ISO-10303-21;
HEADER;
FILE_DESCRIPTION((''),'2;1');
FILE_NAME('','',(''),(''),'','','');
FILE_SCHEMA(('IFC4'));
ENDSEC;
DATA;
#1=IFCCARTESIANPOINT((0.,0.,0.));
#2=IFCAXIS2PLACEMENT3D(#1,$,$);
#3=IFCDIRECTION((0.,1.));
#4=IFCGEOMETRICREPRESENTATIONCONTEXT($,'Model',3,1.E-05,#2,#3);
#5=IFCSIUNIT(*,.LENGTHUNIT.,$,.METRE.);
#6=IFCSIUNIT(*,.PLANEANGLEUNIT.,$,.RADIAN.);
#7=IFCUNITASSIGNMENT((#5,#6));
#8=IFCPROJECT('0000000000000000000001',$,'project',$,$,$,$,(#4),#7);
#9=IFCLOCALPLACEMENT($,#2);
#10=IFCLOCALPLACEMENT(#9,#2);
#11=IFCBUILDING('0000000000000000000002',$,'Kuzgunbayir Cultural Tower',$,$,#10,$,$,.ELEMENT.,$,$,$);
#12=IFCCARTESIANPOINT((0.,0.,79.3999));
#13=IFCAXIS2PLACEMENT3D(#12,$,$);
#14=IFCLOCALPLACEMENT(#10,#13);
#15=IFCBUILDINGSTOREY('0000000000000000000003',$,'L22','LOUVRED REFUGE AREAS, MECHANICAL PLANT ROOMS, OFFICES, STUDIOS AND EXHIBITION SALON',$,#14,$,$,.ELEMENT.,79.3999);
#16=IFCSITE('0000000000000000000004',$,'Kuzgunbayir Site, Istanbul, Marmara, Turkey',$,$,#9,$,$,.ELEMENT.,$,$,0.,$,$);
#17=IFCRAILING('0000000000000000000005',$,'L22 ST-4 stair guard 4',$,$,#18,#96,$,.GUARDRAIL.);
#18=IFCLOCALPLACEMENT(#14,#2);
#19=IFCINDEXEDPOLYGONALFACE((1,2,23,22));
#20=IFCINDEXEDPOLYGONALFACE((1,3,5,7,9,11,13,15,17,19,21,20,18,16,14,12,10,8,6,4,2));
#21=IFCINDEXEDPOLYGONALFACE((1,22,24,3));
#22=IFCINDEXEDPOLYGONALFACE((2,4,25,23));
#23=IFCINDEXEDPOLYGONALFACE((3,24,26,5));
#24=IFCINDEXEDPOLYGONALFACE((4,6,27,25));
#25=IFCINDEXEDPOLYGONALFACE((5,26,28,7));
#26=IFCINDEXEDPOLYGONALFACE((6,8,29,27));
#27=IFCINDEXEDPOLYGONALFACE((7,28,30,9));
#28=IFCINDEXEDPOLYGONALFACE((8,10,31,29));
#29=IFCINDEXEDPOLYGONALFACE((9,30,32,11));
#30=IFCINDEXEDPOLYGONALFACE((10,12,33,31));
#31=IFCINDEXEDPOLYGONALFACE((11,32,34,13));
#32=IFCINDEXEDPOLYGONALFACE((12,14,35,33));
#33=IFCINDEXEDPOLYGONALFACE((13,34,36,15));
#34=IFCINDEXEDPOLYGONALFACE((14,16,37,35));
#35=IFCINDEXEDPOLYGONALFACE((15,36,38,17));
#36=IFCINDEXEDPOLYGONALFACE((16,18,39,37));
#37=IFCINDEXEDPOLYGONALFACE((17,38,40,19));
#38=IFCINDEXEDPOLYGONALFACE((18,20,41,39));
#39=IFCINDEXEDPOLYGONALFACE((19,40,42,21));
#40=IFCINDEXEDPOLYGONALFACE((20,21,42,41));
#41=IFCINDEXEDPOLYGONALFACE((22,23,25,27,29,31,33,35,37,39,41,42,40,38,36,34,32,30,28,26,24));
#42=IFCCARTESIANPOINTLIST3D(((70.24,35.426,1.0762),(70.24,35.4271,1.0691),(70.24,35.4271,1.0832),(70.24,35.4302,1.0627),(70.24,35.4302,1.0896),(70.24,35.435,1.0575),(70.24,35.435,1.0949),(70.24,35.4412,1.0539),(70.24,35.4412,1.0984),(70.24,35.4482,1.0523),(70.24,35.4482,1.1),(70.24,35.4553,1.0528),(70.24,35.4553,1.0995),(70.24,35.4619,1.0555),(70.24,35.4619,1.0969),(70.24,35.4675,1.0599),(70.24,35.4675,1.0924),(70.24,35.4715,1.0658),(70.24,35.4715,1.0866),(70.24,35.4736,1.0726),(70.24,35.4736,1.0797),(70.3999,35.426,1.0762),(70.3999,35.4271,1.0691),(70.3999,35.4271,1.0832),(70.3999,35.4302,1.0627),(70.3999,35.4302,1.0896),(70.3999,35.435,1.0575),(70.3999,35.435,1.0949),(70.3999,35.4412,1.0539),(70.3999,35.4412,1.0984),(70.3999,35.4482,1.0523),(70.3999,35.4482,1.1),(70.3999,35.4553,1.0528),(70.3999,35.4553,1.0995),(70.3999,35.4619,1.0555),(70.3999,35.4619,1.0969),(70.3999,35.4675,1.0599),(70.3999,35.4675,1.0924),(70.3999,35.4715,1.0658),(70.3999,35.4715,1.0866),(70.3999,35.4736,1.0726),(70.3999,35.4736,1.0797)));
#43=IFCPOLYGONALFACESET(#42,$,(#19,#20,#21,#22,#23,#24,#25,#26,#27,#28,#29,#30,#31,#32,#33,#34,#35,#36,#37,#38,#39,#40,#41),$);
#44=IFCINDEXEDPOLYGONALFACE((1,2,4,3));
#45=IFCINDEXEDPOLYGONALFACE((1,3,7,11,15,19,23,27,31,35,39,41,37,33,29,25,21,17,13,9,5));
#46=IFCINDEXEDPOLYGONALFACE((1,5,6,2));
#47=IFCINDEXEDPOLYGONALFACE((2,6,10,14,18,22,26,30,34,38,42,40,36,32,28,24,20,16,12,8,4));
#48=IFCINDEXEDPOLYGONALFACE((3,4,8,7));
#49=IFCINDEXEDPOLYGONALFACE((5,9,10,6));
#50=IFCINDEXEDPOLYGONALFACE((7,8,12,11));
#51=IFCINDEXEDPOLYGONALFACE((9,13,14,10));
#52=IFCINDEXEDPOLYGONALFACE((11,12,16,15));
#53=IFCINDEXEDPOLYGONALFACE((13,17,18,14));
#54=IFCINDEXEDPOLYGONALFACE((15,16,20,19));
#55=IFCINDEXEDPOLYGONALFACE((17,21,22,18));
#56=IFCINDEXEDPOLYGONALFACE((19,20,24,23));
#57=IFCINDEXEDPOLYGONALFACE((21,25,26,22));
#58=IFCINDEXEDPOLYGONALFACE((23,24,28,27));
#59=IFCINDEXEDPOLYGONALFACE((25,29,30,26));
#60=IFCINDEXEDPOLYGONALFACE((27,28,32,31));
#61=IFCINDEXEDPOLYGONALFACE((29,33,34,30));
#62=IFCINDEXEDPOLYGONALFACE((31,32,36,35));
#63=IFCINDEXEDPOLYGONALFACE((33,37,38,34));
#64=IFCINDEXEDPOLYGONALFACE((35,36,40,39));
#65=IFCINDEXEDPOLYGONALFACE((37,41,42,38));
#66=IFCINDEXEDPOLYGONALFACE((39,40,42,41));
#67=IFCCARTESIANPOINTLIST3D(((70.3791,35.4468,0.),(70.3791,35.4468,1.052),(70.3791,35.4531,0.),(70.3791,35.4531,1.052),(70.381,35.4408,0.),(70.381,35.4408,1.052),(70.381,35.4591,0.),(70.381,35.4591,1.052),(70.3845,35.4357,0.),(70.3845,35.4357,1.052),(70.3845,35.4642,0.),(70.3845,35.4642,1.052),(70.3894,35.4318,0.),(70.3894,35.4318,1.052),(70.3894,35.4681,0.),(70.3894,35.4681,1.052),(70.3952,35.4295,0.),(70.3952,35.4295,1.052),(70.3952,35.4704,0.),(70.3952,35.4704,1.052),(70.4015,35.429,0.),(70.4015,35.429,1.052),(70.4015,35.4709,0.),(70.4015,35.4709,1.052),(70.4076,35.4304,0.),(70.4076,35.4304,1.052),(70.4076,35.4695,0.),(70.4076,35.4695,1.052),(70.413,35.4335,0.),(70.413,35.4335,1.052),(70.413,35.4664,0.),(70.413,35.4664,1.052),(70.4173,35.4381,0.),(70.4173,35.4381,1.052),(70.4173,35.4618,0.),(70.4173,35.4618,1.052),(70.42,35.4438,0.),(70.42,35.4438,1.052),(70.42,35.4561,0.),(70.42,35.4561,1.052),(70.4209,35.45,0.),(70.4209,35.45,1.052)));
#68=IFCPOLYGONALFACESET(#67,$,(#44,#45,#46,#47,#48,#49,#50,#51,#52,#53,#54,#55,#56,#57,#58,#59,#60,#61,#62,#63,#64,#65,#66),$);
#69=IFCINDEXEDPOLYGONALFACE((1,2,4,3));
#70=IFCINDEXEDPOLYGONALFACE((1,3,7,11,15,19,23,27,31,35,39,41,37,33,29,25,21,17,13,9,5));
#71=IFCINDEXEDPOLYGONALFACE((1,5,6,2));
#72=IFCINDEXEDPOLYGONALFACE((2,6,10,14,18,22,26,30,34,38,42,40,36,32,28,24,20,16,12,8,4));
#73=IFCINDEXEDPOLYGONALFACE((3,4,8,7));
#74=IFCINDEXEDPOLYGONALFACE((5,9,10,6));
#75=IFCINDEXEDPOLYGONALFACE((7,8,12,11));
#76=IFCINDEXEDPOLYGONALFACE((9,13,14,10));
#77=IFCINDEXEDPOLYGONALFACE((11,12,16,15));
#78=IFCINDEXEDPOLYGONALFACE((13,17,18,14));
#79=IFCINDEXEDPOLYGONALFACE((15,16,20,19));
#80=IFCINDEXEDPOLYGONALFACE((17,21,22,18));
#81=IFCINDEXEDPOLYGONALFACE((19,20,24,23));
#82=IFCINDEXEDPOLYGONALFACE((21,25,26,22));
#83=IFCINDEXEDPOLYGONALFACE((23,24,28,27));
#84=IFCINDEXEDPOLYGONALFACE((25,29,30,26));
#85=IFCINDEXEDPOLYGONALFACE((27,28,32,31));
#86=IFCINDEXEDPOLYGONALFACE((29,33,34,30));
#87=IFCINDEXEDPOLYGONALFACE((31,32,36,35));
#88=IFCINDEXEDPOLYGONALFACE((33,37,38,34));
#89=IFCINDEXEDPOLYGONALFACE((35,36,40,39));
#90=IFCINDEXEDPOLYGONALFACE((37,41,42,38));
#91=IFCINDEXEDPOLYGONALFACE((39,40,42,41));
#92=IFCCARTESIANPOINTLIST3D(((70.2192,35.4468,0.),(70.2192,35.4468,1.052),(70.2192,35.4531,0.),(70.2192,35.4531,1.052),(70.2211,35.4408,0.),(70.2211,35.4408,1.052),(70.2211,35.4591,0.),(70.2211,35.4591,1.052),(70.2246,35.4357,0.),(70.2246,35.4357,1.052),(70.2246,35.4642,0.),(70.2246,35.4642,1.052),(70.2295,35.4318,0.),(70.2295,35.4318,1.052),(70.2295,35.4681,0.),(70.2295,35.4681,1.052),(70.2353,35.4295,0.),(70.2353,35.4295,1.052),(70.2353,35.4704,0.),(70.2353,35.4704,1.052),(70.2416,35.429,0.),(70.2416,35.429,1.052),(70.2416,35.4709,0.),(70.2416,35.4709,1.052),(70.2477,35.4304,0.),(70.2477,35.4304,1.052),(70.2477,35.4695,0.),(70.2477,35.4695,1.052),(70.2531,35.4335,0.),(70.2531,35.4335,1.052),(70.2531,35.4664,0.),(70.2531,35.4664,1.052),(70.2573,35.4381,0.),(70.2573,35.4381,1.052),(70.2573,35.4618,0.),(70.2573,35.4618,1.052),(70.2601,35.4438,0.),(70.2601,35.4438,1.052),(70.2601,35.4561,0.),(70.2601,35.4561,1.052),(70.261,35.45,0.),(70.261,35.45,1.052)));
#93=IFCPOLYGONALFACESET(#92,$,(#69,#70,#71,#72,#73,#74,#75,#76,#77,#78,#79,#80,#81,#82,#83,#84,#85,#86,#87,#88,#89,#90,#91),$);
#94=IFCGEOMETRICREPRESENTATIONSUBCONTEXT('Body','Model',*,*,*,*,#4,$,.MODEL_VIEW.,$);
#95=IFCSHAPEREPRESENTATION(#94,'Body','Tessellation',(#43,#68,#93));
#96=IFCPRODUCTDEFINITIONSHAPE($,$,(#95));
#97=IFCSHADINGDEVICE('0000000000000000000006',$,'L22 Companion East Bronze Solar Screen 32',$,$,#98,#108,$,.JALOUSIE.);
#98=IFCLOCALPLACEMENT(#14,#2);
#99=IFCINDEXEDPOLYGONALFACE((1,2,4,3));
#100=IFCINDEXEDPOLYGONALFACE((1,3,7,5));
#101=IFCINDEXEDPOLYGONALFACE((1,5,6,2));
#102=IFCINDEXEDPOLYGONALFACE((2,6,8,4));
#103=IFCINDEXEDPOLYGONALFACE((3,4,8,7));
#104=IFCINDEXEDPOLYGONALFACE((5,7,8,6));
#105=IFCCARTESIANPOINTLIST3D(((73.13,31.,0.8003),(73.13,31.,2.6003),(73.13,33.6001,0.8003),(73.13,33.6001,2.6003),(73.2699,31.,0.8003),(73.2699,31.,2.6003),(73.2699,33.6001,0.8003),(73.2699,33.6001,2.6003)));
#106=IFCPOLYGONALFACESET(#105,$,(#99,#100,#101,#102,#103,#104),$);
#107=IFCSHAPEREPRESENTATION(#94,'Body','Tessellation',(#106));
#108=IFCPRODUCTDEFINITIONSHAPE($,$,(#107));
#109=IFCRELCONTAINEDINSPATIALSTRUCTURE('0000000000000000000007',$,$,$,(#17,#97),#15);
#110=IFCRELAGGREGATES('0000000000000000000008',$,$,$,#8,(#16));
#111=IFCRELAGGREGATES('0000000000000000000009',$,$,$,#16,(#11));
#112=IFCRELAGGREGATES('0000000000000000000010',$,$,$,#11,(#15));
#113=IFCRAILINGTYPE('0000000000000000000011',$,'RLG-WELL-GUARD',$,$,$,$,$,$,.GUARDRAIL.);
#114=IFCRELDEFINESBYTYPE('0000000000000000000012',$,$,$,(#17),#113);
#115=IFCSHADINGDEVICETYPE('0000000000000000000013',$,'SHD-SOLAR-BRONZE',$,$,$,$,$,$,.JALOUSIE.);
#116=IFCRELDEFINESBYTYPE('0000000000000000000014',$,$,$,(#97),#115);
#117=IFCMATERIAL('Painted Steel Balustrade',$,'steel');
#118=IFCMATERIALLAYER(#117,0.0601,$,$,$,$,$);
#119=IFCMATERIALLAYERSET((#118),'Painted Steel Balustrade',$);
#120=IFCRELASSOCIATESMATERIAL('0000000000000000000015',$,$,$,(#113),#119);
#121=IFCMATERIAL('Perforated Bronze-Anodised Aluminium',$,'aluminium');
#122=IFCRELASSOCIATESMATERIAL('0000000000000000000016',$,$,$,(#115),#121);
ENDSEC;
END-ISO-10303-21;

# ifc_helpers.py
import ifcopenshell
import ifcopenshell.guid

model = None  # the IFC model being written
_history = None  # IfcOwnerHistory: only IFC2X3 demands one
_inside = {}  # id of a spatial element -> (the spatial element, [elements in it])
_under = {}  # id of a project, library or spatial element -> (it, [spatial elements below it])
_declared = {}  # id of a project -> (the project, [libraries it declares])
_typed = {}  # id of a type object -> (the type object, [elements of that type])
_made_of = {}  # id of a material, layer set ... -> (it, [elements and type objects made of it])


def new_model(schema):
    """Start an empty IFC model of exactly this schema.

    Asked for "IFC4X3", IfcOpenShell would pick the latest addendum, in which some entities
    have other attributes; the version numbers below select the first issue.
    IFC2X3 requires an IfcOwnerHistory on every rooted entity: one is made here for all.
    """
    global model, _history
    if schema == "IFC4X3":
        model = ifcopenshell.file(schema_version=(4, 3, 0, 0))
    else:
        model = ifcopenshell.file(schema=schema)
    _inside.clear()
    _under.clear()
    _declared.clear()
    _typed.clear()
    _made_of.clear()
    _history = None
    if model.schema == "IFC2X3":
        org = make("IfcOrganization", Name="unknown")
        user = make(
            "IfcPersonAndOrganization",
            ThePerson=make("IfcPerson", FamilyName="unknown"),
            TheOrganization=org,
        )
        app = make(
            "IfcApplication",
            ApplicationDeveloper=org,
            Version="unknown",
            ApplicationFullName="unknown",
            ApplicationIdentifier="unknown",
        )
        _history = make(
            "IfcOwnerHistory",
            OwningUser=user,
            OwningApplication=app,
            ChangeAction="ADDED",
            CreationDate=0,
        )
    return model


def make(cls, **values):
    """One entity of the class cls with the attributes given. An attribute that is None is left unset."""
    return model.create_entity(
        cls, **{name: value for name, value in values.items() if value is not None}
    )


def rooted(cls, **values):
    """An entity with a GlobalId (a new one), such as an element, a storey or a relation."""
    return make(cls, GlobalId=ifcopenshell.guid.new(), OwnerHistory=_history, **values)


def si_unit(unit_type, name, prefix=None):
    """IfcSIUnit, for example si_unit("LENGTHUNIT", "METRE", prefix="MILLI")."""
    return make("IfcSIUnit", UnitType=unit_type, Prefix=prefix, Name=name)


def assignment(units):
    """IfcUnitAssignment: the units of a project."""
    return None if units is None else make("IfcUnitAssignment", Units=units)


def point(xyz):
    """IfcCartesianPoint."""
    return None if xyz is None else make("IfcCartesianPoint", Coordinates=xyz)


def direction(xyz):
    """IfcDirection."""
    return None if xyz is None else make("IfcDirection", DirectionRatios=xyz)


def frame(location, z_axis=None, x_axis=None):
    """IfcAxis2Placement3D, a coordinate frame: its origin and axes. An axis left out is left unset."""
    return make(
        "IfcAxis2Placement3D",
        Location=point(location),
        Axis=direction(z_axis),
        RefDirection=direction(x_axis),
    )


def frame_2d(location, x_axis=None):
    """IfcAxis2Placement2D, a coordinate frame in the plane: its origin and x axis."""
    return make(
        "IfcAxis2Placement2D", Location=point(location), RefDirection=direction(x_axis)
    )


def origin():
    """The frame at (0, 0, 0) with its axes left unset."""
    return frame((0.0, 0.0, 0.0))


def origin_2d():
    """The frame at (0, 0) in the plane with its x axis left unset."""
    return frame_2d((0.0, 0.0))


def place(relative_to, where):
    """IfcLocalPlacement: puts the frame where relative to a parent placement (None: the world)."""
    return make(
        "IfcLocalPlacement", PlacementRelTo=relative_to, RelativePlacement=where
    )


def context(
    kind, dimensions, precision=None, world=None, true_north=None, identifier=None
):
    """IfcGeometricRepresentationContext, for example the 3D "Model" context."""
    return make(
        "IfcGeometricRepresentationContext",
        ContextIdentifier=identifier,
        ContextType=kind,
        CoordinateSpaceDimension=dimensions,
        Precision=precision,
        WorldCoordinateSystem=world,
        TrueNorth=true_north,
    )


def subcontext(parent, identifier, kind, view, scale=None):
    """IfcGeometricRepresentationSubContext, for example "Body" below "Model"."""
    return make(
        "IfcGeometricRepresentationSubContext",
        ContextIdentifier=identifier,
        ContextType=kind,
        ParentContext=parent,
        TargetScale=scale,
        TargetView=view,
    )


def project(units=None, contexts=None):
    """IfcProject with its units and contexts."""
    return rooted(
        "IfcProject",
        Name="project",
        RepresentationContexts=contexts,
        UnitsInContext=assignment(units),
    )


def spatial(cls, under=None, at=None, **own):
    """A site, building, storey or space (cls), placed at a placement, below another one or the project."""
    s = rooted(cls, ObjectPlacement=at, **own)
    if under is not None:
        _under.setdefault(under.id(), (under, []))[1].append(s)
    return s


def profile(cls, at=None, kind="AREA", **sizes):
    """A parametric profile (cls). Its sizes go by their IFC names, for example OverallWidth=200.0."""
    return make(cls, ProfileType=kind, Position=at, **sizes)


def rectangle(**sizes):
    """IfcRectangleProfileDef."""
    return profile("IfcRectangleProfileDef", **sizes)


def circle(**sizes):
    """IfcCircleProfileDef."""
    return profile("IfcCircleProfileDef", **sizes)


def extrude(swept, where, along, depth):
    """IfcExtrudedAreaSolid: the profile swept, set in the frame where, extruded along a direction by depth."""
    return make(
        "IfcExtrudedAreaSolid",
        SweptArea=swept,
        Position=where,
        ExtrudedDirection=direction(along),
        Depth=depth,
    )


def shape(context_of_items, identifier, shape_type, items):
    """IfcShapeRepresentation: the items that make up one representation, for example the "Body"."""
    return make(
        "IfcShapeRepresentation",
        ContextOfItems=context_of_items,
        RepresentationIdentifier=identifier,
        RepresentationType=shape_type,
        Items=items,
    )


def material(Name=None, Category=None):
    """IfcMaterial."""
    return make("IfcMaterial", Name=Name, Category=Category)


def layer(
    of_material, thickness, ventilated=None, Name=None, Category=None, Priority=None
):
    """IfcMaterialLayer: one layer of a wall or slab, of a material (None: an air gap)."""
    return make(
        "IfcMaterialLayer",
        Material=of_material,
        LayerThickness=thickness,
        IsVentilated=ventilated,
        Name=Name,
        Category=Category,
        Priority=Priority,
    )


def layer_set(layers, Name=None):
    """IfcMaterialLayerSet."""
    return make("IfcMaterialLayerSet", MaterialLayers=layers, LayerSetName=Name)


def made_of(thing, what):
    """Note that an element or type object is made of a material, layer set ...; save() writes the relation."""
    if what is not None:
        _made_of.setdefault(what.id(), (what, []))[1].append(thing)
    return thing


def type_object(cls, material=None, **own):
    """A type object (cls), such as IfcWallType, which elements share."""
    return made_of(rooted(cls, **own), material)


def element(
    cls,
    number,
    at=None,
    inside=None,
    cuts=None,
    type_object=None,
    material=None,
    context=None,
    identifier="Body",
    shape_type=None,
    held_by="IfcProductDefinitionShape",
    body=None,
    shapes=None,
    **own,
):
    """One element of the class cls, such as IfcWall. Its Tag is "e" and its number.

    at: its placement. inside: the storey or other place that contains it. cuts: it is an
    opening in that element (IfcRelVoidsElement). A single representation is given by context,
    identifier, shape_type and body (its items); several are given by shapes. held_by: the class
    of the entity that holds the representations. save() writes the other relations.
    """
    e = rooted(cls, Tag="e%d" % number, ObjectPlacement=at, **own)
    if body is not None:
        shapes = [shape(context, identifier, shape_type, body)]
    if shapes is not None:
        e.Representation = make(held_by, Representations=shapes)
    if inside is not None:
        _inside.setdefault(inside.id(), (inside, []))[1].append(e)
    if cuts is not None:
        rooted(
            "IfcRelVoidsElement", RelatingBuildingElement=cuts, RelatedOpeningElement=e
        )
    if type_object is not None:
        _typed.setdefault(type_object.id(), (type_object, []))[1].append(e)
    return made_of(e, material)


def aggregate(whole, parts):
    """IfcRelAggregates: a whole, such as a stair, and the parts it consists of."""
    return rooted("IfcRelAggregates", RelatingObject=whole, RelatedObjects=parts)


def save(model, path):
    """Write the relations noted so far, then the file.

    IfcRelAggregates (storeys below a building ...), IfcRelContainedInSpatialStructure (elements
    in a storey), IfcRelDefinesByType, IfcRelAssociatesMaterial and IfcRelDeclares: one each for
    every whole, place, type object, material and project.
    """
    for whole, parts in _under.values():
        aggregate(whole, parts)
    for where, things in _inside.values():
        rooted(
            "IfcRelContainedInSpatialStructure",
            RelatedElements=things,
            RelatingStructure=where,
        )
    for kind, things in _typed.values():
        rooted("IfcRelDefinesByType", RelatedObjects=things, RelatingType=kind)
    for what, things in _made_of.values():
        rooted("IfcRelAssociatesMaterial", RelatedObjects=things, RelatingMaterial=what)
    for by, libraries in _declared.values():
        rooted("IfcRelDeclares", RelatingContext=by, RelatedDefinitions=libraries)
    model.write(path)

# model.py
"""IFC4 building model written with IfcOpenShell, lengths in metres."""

from ifc_helpers import new_model, si_unit, direction, frame, origin, origin_2d, place, context, subcontext, project, spatial, rectangle, circle, extrude, material, layer, layer_set, type_object, element, save


model = new_model("IFC4")

# Units and contexts
model_context = context("Model", 3, precision=1e-05, world=origin(), true_north=direction((0.0, 1.0)))
body_context = subcontext(model_context, "Body", "Model", "MODEL_VIEW")
ifc_project = project(units=[si_unit("LENGTHUNIT", "METRE"), si_unit("PLANEANGLEUNIT", "RADIAN")], contexts=[model_context])

# Site, building, storey
site_placement = place(None, origin())
site = spatial("IfcSite", under=ifc_project, at=site_placement, Name="Kuzgunbayir Site, Istanbul, Marmara, Turkey", CompositionType="ELEMENT", RefElevation=0.0)
building_placement = place(site_placement, origin())
building = spatial("IfcBuilding", under=site, at=building_placement, Name="Kuzgunbayir Cultural Tower", CompositionType="ELEMENT")
storey_placement = place(building_placement, frame((0.0, 0.0, 79.3999)))
storey = spatial("IfcBuildingStorey", under=building, at=storey_placement, Name="L22", Description="LOUVRED REFUGE AREAS, MECHANICAL PLANT ROOMS, OFFICES, STUDIOS AND EXHIBITION SALON", CompositionType="ELEMENT", Elevation=79.3999)

# Shared definitions
ifc_material_1 = material(Name="Perforated Bronze-Anodised Aluminium", Category="aluminium")

# Railing
ifc_material_2 = material(Name="Painted Steel Balustrade", Category="steel")
ifc_layer_1 = layer(ifc_material_2, 0.0601)
ifc_layer_set_1 = layer_set([ifc_layer_1], Name="Painted Steel Balustrade")
railing_type = type_object("IfcRailingType", Name="RLG-WELL-GUARD", PredefinedType="GUARDRAIL", material=ifc_layer_set_1)
railing_placement = place(storey_placement, frame((70.3999, 35.45, 0.0)))
element("IfcRailing", 1, at=railing_placement, inside=storey, type_object=railing_type, Name="L22 ST-4 stair guard 4", PredefinedType="GUARDRAIL", context=body_context, shape_type="SweptSolid", body=[
    extrude(circle(Radius=0.0239, at=origin_2d()), frame((0.0, 0.0, 1.0762), z_axis=(-1.0, 0.0, 0.0), x_axis=(0.0, -1.0, 0.0)), (0.0, 0.0, 1.0), 0.1599),
    extrude(circle(Radius=0.021, at=origin_2d()), origin(), (0.0, 0.0, 1.0), 1.052),
    extrude(circle(Radius=0.021, at=origin_2d()), frame((-0.1599, 0.0, 0.0)), (0.0, 0.0, 1.0), 1.052),
])

# Shading device
shading_device_type = type_object("IfcShadingDeviceType", Name="SHD-SOLAR-BRONZE", PredefinedType="JALOUSIE", material=ifc_material_1)
shading_device_placement = place(storey_placement, frame((73.2, 32.3, 0.8003), z_axis=(0.0, 0.0, 1.0), x_axis=(1.0, 0.0, 0.0)))
element("IfcShadingDevice", 2, at=shading_device_placement, inside=storey, type_object=shading_device_type, Name="L22 Companion East Bronze Solar Screen 32", PredefinedType="JALOUSIE", context=body_context, shape_type="SweptSolid", body=[
    extrude(rectangle(XDim=0.1399, YDim=2.6001, at=origin_2d()), origin(), (0.0, 0.0, 1.0), 1.8),
])

save(model, "model.ifc")
